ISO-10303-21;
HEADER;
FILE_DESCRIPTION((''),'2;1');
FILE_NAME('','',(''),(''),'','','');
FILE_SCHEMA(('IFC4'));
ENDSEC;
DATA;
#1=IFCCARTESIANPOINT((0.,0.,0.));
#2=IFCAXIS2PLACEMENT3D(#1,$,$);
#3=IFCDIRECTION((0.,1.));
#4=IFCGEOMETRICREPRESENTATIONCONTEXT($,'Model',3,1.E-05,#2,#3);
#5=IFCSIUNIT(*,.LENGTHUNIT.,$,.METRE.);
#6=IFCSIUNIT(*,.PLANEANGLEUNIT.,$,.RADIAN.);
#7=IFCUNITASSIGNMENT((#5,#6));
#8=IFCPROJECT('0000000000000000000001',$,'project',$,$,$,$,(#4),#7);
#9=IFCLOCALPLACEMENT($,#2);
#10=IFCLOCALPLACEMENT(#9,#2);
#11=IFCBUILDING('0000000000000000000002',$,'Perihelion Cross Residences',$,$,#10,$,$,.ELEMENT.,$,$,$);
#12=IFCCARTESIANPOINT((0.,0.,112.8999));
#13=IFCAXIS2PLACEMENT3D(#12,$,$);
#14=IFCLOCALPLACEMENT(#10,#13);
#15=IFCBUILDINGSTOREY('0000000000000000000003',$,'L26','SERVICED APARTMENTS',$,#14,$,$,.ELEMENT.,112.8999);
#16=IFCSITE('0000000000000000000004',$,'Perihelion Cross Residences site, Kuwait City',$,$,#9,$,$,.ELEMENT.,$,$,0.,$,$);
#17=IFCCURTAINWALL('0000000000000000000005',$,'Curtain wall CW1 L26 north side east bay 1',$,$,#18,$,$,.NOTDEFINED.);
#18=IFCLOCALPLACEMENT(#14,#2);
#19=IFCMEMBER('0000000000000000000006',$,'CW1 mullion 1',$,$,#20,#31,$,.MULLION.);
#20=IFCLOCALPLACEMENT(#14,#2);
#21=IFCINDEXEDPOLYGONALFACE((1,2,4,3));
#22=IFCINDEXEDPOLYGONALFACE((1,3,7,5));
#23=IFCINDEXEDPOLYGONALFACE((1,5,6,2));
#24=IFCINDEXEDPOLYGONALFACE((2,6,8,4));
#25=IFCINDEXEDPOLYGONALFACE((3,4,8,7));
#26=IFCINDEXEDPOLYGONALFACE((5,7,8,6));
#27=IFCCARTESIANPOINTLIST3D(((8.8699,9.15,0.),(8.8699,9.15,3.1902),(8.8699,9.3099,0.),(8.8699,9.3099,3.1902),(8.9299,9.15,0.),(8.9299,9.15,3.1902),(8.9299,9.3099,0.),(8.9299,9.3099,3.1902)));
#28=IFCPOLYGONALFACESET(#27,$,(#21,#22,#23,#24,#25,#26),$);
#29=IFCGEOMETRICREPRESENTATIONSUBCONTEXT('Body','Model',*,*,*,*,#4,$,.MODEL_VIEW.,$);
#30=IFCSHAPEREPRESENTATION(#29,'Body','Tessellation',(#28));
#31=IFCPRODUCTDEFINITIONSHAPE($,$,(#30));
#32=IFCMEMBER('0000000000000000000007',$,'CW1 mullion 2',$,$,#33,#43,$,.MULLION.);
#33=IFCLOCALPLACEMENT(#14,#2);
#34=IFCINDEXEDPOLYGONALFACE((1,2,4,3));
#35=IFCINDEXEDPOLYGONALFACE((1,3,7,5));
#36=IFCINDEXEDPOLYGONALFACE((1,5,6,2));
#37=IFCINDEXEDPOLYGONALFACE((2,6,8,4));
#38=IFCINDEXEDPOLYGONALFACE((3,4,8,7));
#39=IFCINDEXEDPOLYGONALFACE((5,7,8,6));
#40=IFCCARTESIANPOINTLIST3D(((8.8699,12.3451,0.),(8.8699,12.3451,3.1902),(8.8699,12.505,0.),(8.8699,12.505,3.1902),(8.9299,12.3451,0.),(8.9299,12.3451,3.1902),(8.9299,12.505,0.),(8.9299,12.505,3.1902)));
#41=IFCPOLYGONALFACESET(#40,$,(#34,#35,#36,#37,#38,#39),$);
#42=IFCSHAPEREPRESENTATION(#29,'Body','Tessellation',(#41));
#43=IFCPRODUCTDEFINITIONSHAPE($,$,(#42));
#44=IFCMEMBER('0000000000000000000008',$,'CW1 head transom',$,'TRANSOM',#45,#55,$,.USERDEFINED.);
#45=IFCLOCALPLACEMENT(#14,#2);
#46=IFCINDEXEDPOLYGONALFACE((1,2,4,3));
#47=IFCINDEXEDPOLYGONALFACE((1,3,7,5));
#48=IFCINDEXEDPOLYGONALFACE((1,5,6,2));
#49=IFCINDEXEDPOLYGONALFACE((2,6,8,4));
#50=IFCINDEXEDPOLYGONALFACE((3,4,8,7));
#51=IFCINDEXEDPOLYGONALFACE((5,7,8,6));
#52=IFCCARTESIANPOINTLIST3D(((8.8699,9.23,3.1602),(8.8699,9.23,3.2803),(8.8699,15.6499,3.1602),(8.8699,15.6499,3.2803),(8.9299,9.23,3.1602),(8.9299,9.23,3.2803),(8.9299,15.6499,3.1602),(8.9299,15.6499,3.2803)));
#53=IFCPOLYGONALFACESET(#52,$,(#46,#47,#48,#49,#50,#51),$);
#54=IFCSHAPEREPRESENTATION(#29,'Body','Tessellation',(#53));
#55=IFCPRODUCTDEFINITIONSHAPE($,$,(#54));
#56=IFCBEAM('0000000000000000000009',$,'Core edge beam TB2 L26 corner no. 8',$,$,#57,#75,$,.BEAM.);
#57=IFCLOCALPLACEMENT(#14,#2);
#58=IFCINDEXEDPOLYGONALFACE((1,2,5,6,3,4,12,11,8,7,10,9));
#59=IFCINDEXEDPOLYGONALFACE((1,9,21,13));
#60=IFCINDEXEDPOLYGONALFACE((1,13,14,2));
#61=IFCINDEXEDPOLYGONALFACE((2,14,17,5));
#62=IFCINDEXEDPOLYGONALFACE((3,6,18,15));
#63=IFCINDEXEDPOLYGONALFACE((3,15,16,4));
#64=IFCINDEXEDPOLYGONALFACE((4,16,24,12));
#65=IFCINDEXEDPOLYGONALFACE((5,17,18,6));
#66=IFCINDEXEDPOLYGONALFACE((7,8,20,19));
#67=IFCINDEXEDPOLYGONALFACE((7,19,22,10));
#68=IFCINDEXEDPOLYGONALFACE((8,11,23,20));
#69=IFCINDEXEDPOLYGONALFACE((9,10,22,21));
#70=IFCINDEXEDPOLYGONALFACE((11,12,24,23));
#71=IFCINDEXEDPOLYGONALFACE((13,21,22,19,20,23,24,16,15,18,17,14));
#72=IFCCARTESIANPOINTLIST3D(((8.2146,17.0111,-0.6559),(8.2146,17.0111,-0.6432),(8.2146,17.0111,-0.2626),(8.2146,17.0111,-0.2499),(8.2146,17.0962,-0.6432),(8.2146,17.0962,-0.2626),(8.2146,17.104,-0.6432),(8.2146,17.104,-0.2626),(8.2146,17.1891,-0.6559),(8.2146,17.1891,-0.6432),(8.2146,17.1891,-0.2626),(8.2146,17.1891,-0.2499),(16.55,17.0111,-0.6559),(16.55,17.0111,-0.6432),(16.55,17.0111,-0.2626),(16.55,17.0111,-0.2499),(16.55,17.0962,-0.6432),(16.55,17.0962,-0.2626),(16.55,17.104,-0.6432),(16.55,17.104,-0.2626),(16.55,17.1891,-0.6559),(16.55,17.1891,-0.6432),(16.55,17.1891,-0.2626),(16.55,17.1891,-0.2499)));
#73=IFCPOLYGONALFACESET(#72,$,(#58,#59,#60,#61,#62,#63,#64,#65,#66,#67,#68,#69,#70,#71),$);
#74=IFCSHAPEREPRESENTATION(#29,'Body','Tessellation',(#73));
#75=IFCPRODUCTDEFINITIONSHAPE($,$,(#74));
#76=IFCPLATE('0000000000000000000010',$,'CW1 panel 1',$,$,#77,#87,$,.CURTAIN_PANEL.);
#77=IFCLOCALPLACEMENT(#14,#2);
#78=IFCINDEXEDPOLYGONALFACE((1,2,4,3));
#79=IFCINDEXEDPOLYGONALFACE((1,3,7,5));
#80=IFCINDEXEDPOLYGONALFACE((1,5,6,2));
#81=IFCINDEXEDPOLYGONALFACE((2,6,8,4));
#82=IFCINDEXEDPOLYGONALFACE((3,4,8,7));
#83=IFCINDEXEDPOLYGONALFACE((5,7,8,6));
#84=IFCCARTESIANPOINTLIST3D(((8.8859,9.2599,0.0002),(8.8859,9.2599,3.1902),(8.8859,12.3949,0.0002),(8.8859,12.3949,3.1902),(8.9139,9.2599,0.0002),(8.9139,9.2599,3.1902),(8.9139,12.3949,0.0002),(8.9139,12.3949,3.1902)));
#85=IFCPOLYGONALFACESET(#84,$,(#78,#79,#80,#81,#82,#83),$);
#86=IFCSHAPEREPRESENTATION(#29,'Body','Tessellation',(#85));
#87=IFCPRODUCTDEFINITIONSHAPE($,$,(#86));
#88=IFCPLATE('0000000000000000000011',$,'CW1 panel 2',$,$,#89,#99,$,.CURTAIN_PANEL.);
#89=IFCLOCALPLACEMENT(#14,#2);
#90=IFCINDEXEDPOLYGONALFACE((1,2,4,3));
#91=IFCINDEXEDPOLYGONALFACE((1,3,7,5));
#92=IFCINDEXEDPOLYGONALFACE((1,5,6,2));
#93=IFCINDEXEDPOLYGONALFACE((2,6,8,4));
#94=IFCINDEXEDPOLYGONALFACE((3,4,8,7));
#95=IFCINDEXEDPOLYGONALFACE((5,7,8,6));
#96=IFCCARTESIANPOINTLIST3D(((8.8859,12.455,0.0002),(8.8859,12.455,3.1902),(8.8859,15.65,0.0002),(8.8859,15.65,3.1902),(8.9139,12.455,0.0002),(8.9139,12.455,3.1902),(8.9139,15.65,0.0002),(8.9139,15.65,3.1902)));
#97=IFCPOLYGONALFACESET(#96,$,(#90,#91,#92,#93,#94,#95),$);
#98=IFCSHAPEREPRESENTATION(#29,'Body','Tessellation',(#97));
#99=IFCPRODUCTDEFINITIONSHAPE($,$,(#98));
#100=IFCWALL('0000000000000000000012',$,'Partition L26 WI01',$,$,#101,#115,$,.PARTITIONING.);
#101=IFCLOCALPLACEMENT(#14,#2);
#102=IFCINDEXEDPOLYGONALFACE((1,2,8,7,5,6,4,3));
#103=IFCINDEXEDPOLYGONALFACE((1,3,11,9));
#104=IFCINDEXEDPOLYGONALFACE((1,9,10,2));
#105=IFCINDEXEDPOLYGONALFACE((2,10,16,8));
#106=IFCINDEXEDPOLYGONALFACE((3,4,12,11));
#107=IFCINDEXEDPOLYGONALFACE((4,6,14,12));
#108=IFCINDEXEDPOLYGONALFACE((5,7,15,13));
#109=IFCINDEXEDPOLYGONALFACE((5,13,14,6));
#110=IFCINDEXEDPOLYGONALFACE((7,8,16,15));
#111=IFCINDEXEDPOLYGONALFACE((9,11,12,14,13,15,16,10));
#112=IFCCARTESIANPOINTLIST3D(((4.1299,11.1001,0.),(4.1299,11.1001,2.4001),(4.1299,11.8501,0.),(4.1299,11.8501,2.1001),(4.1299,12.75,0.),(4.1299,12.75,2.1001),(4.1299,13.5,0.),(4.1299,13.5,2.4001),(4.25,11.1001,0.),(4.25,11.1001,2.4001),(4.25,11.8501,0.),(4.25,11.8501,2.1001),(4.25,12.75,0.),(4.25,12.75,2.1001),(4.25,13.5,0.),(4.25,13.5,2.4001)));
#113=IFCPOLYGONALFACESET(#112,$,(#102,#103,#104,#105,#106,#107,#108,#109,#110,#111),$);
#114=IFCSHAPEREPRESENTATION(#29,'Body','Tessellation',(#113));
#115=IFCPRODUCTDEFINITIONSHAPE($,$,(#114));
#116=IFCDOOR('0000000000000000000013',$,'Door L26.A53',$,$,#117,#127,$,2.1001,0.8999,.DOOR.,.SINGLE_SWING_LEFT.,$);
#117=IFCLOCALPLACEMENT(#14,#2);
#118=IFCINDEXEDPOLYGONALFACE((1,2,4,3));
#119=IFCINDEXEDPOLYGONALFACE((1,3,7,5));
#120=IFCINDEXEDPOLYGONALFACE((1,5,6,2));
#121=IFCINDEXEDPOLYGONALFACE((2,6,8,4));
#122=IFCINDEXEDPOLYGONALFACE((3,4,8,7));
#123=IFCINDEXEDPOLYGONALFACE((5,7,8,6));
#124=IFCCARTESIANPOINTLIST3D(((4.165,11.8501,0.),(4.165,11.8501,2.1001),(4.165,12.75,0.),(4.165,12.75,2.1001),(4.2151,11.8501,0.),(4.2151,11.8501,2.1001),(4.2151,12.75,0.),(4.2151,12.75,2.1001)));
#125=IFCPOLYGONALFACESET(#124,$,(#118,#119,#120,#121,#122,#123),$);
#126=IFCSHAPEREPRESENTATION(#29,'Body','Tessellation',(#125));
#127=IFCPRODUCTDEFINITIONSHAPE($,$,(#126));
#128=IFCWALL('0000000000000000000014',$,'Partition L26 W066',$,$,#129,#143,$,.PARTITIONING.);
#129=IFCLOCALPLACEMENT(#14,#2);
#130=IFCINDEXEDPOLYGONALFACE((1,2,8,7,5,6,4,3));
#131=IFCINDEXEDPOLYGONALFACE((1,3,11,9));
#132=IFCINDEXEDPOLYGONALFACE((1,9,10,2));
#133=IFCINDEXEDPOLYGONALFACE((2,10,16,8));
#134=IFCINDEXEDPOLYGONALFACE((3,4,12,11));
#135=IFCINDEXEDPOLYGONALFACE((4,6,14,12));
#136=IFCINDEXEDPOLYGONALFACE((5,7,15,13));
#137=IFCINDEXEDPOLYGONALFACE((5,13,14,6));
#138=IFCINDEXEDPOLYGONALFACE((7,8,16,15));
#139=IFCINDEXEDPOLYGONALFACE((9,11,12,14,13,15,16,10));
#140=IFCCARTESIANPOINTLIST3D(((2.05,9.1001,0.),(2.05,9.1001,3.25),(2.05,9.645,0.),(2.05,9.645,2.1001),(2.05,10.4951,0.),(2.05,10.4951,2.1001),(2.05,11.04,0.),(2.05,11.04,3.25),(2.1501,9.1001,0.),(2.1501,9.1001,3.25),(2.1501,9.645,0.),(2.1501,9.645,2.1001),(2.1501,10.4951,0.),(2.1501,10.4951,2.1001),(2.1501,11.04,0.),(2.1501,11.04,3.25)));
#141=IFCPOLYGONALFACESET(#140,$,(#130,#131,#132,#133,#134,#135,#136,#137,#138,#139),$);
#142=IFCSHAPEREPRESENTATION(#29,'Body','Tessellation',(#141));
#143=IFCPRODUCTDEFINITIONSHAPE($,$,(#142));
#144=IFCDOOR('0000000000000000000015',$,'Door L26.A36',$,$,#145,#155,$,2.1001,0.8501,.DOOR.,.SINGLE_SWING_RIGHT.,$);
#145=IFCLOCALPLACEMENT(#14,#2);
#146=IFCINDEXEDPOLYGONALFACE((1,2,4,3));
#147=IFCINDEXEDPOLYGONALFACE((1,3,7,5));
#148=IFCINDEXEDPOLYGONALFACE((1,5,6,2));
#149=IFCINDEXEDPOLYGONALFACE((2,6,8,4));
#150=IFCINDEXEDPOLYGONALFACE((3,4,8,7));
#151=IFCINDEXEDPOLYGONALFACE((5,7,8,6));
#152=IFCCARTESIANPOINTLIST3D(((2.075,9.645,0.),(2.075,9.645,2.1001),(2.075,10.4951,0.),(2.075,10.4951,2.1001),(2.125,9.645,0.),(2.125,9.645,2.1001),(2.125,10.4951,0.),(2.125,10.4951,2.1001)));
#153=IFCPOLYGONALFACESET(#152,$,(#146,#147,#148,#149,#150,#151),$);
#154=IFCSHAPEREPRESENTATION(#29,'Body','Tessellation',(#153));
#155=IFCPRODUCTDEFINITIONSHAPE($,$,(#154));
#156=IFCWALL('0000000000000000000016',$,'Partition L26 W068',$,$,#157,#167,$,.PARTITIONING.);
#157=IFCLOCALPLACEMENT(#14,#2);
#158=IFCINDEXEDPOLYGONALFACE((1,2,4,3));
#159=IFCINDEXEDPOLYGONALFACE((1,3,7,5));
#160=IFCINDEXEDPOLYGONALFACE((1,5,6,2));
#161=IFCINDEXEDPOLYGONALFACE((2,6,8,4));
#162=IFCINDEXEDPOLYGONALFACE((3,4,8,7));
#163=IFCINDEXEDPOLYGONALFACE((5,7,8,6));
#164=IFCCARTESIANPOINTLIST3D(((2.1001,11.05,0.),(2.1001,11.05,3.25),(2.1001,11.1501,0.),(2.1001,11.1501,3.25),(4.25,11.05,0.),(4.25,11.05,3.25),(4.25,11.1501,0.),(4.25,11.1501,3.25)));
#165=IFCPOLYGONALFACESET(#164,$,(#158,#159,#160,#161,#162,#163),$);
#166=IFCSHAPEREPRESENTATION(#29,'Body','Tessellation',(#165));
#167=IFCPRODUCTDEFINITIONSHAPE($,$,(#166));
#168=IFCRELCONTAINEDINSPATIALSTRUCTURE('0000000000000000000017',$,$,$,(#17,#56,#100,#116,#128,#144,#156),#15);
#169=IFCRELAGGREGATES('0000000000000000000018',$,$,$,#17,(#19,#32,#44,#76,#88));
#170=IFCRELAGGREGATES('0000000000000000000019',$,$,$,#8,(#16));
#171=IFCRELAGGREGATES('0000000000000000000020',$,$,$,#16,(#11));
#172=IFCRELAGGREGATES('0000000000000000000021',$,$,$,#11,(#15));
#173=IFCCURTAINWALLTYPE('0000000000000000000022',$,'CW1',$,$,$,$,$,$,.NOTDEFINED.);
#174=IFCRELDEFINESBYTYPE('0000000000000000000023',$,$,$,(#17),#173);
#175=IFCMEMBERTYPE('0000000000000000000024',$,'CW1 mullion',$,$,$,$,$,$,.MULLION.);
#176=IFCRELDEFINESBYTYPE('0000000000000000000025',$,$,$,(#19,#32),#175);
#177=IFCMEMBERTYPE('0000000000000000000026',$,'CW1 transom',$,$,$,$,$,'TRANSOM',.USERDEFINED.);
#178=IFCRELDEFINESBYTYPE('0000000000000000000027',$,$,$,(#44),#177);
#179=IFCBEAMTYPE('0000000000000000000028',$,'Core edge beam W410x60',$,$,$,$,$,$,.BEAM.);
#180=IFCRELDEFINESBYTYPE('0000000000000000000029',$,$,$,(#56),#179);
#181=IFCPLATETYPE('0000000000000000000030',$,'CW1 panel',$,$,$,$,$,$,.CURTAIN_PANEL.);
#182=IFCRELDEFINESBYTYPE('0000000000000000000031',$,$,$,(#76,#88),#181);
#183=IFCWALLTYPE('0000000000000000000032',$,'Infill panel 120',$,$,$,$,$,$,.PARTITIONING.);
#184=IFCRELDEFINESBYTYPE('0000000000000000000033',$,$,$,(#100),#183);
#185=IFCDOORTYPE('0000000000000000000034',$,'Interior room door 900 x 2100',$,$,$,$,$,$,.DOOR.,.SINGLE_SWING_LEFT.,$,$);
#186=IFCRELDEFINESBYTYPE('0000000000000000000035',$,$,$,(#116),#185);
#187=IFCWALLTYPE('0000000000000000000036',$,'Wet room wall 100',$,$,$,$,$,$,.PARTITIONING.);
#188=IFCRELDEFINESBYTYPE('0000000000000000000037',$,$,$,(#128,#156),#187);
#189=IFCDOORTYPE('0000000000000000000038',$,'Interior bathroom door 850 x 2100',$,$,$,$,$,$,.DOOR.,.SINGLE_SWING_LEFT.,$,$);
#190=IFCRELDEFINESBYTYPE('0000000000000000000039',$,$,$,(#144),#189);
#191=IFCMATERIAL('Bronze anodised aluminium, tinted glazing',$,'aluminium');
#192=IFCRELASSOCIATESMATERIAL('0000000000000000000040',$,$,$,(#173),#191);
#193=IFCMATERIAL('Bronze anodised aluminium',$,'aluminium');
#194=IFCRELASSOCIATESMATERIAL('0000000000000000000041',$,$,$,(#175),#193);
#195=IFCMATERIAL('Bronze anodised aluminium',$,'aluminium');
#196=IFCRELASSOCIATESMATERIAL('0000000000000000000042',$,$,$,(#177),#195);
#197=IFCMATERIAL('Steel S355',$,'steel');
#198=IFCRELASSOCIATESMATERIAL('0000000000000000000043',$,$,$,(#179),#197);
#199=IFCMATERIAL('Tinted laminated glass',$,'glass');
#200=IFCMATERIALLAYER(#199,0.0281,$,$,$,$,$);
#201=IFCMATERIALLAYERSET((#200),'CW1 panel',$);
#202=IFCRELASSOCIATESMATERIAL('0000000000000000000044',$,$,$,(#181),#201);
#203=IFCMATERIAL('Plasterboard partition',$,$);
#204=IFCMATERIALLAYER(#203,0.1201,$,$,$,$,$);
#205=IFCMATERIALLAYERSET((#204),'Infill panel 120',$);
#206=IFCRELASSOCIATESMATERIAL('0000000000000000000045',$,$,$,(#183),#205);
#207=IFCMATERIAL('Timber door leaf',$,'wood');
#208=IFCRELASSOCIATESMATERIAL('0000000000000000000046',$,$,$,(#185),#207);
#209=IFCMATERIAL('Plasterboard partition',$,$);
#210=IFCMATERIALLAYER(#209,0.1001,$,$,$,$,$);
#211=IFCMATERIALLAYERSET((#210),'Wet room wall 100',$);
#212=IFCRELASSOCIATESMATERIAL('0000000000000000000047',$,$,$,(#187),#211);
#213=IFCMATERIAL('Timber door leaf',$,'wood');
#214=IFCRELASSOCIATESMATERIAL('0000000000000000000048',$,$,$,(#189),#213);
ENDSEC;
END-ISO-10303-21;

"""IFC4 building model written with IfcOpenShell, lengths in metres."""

from ifc_helpers import new_model, si_unit, direction, frame, frame_2d, origin, origin_2d, place, context, subcontext, project, spatial, rectangle, i_section, extrude, material, layer, layer_set, material_profile, profile_set, type_object, element, fill, aggregate, save


model = new_model("IFC4")

# Units and contexts
model_context = context("Model", 3, precision=1e-05, world=origin(), true_north=direction((0.0, 1.0)))
body_context = subcontext(model_context, "Body", "Model", "MODEL_VIEW")
ifc_project = project(units=[si_unit("LENGTHUNIT", "METRE"), si_unit("PLANEANGLEUNIT", "RADIAN")], contexts=[model_context])

# Site, building, storey
site_placement = place(None, origin())
site = spatial("IfcSite", under=ifc_project, at=site_placement, Name="Perihelion Cross Residences site, Kuwait City", CompositionType="ELEMENT", RefElevation=0.0)
building_placement = place(site_placement, origin())
building = spatial("IfcBuilding", under=site, at=building_placement, Name="Perihelion Cross Residences", CompositionType="ELEMENT")
storey_placement = place(building_placement, frame((0.0, 0.0, 112.8999)))
storey = spatial("IfcBuildingStorey", under=building, at=storey_placement, Name="L26", Description="SERVICED APARTMENTS", CompositionType="ELEMENT", Elevation=112.8999)

# Curtain wall, members
ifc_material_1 = material(Name="Bronze anodised aluminium, tinted glazing", Category="aluminium")
curtain_wall_type = type_object("IfcCurtainWallType", Name="CW1", PredefinedType="NOTDEFINED", material=ifc_material_1)
curtain_wall_placement = place(storey_placement, origin())
curtain_wall = element("IfcCurtainWall", 1, at=curtain_wall_placement, inside=storey, type_object=curtain_wall_type, Name="Curtain wall CW1 L26 north side east bay 1", PredefinedType="NOTDEFINED")
ifc_material_2 = material(Name="Bronze anodised aluminium", Category="aluminium")
ifc_material_profile_1 = material_profile(ifc_material_2, rectangle(XDim=0.0601, YDim=0.1599, at=origin_2d()), Name="CW1 mullion")
ifc_profile_set_1 = profile_set([ifc_material_profile_1], Name="Bronze anodised aluminium")
member_type_1 = type_object("IfcMemberType", Name="CW1 mullion", PredefinedType="MULLION", material=ifc_profile_set_1)
member_1_placement = place(storey_placement, frame((8.8999, 9.23, 0.0), z_axis=(0.0, 0.0, 1.0), x_axis=(-1.0, 0.0, 0.0)))
member_1 = element("IfcMember", 2, at=member_1_placement, type_object=member_type_1, Name="CW1 mullion 1", PredefinedType="MULLION", context=body_context, shape_type="SweptSolid", body=[
    extrude(rectangle(XDim=0.0601, YDim=0.1599, at=origin_2d()), origin(), (0.0, 0.0, 1.0), 3.1902),
])
member_2_placement = place(storey_placement, frame((8.8999, 12.425, 0.0), z_axis=(0.0, 0.0, 1.0), x_axis=(-1.0, 0.0, 0.0)))
member_2 = element("IfcMember", 3, at=member_2_placement, type_object=member_type_1, Name="CW1 mullion 2", PredefinedType="MULLION", context=body_context, shape_type="SweptSolid", body=[
    extrude(rectangle(XDim=0.0601, YDim=0.1599, at=origin_2d()), origin(), (0.0, 0.0, 1.0), 3.1902),
])
ifc_material_3 = material(Name="Bronze anodised aluminium", Category="aluminium")
ifc_material_profile_2 = material_profile(ifc_material_3, rectangle(XDim=0.0601, YDim=0.1201, at=origin_2d()), Name="CW1 transom")
ifc_profile_set_2 = profile_set([ifc_material_profile_2], Name="Bronze anodised aluminium")
member_type_2 = type_object("IfcMemberType", Name="CW1 transom", ElementType="TRANSOM", PredefinedType="USERDEFINED", material=ifc_profile_set_2)
member_3_placement = place(storey_placement, frame((8.8999, 9.23, 3.2202), z_axis=(0.0, 1.0, 0.0), x_axis=(-1.0, 0.0, 0.0)))
member_3 = element("IfcMember", 4, at=member_3_placement, type_object=member_type_2, Name="CW1 head transom", ObjectType="TRANSOM", PredefinedType="USERDEFINED", context=body_context, shape_type="SweptSolid", body=[
    extrude(rectangle(XDim=0.0601, YDim=0.1201, at=origin_2d()), origin(), (0.0, 0.0, 1.0), 6.4199),
])

# Beam
ifc_material_4 = material(Name="Steel S355", Category="steel")
ifc_material_profile_3 = material_profile(ifc_material_4, i_section(OverallWidth=0.178, OverallDepth=0.406, WebThickness=0.0078, FlangeThickness=0.0127, at=origin_2d()), Name="W410x60")
ifc_profile_set_3 = profile_set([ifc_material_profile_3], Name="Steel S355")
beam_type = type_object("IfcBeamType", Name="Core edge beam W410x60", PredefinedType="BEAM", material=ifc_profile_set_3)
beam_placement = place(storey_placement, frame((8.2146, 17.1001, -0.4529), z_axis=(1.0, 0.0, 0.0), x_axis=(0.0, 1.0, 0.0)))
element("IfcBeam", 5, at=beam_placement, inside=storey, type_object=beam_type, Name="Core edge beam TB2 L26 corner no. 8", PredefinedType="BEAM", context=body_context, shape_type="SweptSolid", body=[
    extrude(i_section(OverallWidth=0.178, OverallDepth=0.406, WebThickness=0.0078, FlangeThickness=0.0127, at=origin_2d()), origin(), (0.0, 0.0, 1.0), 8.3354),
])

# Plates
ifc_material_5 = material(Name="Tinted laminated glass", Category="glass")
ifc_layer_1 = layer(ifc_material_5, 0.0281)
ifc_layer_set_1 = layer_set([ifc_layer_1], Name="CW1 panel")
plate_type = type_object("IfcPlateType", Name="CW1 panel", PredefinedType="CURTAIN_PANEL", material=ifc_layer_set_1)
plate_1_placement = place(storey_placement, frame((8.8999, 10.8274, 0.0002), z_axis=(0.0, 0.0, 1.0), x_axis=(0.0, 1.0, 0.0)))
plate_1 = element("IfcPlate", 6, at=plate_1_placement, type_object=plate_type, Name="CW1 panel 1", PredefinedType="CURTAIN_PANEL", context=body_context, shape_type="SweptSolid", body=[
    extrude(rectangle(XDim=3.135, YDim=0.0281, at=origin_2d()), origin(), (0.0, 0.0, 1.0), 3.1899),
])
plate_2_placement = place(storey_placement, frame((8.8999, 14.0525, 0.0002), z_axis=(0.0, 0.0, 1.0), x_axis=(0.0, 1.0, 0.0)))
plate_2 = element("IfcPlate", 7, at=plate_2_placement, type_object=plate_type, Name="CW1 panel 2", PredefinedType="CURTAIN_PANEL", context=body_context, shape_type="SweptSolid", body=[
    extrude(rectangle(XDim=3.1951, YDim=0.0281, at=origin_2d()), origin(), (0.0, 0.0, 1.0), 3.1899),
])
aggregate(curtain_wall, [member_1, member_2, member_3, plate_1, plate_2])

# Walls, openings, doors
ifc_material_6 = material(Name="Plasterboard partition")
ifc_layer_2 = layer(ifc_material_6, 0.1201)
ifc_layer_set_2 = layer_set([ifc_layer_2], Name="Infill panel 120")
wall_type_1 = type_object("IfcWallType", Name="Infill panel 120", PredefinedType="PARTITIONING", material=ifc_layer_set_2)
wall_1_placement = place(storey_placement, frame((4.1899, 11.1001, 0.0), z_axis=(0.0, 0.0, 1.0), x_axis=(0.0, 1.0, 0.0)))
wall_1 = element("IfcWall", 8, at=wall_1_placement, inside=storey, type_object=wall_type_1, Name="Partition L26 WI01", PredefinedType="PARTITIONING", context=body_context, shape_type="SweptSolid", body=[
    extrude(rectangle(XDim=2.3999, YDim=0.1201, at=frame_2d((1.2, 0.0))), origin(), (0.0, 0.0, 1.0), 2.4001),
])
opening_1_placement = place(wall_1_placement, frame((0.75, 0.0, 0.0)))
opening_1 = element("IfcOpeningElement", 9, at=opening_1_placement, cuts=wall_1, PredefinedType="OPENING", context=body_context, shape_type="SweptSolid", body=[
    extrude(rectangle(XDim=0.8999, YDim=2.1001, at=frame_2d((0.45, 1.05))), frame((0.0, 0.0701, 0.0), z_axis=(0.0, -1.0, 0.0), x_axis=(1.0, 0.0, 0.0)), (0.0, 0.0, 1.0), 0.1401),
])
ifc_material_7 = material(Name="Timber door leaf", Category="wood")
door_type_1 = type_object("IfcDoorType", Name="Interior room door 900 x 2100", OperationType="SINGLE_SWING_LEFT", PredefinedType="DOOR", material=ifc_material_7)
door_1_placement = place(opening_1_placement, origin())
door_1 = element("IfcDoor", 10, at=door_1_placement, inside=storey, type_object=door_type_1, Name="Door L26.A53", OperationType="SINGLE_SWING_LEFT", OverallHeight=2.1001, OverallWidth=0.8999, PredefinedType="DOOR", context=body_context, shape_type="SweptSolid", body=[
    extrude(rectangle(XDim=0.8999, YDim=2.1001, at=frame_2d((0.45, 1.05))), frame((0.0, 0.0249, 0.0), z_axis=(0.0, -1.0, 0.0), x_axis=(1.0, 0.0, 0.0)), (0.0, 0.0, 1.0), 0.05),
])
fill(opening_1, door_1)
ifc_material_8 = material(Name="Plasterboard partition")
ifc_layer_3 = layer(ifc_material_8, 0.1001)
ifc_layer_set_3 = layer_set([ifc_layer_3], Name="Wet room wall 100")
wall_type_2 = type_object("IfcWallType", Name="Wet room wall 100", PredefinedType="PARTITIONING", material=ifc_layer_set_3)
wall_2_placement = place(storey_placement, frame((2.1001, 11.04, 0.0), z_axis=(0.0, 0.0, 1.0), x_axis=(0.0, -1.0, 0.0)))
wall_2 = element("IfcWall", 11, at=wall_2_placement, inside=storey, type_object=wall_type_2, Name="Partition L26 W066", PredefinedType="PARTITIONING", context=body_context, shape_type="SweptSolid", body=[
    extrude(rectangle(XDim=1.9399, YDim=0.1001, at=frame_2d((0.97, 0.0))), origin(), (0.0, 0.0, 1.0), 3.25),
])
opening_2_placement = place(wall_2_placement, frame((0.5449, 0.0, 0.0)))
opening_2 = element("IfcOpeningElement", 12, at=opening_2_placement, cuts=wall_2, PredefinedType="OPENING", context=body_context, shape_type="SweptSolid", body=[
    extrude(rectangle(XDim=0.8501, YDim=2.1001, at=frame_2d((0.425, 1.05))), frame((0.0, 0.0601, 0.0), z_axis=(0.0, -1.0, 0.0), x_axis=(1.0, 0.0, 0.0)), (0.0, 0.0, 1.0), 0.1201),
])
ifc_material_9 = material(Name="Timber door leaf", Category="wood")
door_type_2 = type_object("IfcDoorType", Name="Interior bathroom door 850 x 2100", OperationType="SINGLE_SWING_LEFT", PredefinedType="DOOR", material=ifc_material_9)
door_2_placement = place(opening_2_placement, origin())
door_2 = element("IfcDoor", 13, at=door_2_placement, inside=storey, type_object=door_type_2, Name="Door L26.A36", OperationType="SINGLE_SWING_RIGHT", OverallHeight=2.1001, OverallWidth=0.8501, PredefinedType="DOOR", context=body_context, shape_type="SweptSolid", body=[
    extrude(rectangle(XDim=0.8501, YDim=2.1001, at=frame_2d((0.425, 1.05))), frame((0.0, 0.0249, 0.0), z_axis=(0.0, -1.0, 0.0), x_axis=(1.0, 0.0, 0.0)), (0.0, 0.0, 1.0), 0.05),
])
fill(opening_2, door_2)

# Wall
wall_3_placement = place(storey_placement, frame((2.1001, 11.1001, 0.0), z_axis=(0.0, 0.0, 1.0), x_axis=(1.0, 0.0, 0.0)))
element("IfcWall", 14, at=wall_3_placement, inside=storey, type_object=wall_type_2, Name="Partition L26 W068", PredefinedType="PARTITIONING", context=body_context, shape_type="SweptSolid", body=[
    extrude(rectangle(XDim=2.1499, YDim=0.1001, at=frame_2d((1.075, 0.0))), origin(), (0.0, 0.0, 1.0), 3.25),
])

save(model, "model.ifc")
